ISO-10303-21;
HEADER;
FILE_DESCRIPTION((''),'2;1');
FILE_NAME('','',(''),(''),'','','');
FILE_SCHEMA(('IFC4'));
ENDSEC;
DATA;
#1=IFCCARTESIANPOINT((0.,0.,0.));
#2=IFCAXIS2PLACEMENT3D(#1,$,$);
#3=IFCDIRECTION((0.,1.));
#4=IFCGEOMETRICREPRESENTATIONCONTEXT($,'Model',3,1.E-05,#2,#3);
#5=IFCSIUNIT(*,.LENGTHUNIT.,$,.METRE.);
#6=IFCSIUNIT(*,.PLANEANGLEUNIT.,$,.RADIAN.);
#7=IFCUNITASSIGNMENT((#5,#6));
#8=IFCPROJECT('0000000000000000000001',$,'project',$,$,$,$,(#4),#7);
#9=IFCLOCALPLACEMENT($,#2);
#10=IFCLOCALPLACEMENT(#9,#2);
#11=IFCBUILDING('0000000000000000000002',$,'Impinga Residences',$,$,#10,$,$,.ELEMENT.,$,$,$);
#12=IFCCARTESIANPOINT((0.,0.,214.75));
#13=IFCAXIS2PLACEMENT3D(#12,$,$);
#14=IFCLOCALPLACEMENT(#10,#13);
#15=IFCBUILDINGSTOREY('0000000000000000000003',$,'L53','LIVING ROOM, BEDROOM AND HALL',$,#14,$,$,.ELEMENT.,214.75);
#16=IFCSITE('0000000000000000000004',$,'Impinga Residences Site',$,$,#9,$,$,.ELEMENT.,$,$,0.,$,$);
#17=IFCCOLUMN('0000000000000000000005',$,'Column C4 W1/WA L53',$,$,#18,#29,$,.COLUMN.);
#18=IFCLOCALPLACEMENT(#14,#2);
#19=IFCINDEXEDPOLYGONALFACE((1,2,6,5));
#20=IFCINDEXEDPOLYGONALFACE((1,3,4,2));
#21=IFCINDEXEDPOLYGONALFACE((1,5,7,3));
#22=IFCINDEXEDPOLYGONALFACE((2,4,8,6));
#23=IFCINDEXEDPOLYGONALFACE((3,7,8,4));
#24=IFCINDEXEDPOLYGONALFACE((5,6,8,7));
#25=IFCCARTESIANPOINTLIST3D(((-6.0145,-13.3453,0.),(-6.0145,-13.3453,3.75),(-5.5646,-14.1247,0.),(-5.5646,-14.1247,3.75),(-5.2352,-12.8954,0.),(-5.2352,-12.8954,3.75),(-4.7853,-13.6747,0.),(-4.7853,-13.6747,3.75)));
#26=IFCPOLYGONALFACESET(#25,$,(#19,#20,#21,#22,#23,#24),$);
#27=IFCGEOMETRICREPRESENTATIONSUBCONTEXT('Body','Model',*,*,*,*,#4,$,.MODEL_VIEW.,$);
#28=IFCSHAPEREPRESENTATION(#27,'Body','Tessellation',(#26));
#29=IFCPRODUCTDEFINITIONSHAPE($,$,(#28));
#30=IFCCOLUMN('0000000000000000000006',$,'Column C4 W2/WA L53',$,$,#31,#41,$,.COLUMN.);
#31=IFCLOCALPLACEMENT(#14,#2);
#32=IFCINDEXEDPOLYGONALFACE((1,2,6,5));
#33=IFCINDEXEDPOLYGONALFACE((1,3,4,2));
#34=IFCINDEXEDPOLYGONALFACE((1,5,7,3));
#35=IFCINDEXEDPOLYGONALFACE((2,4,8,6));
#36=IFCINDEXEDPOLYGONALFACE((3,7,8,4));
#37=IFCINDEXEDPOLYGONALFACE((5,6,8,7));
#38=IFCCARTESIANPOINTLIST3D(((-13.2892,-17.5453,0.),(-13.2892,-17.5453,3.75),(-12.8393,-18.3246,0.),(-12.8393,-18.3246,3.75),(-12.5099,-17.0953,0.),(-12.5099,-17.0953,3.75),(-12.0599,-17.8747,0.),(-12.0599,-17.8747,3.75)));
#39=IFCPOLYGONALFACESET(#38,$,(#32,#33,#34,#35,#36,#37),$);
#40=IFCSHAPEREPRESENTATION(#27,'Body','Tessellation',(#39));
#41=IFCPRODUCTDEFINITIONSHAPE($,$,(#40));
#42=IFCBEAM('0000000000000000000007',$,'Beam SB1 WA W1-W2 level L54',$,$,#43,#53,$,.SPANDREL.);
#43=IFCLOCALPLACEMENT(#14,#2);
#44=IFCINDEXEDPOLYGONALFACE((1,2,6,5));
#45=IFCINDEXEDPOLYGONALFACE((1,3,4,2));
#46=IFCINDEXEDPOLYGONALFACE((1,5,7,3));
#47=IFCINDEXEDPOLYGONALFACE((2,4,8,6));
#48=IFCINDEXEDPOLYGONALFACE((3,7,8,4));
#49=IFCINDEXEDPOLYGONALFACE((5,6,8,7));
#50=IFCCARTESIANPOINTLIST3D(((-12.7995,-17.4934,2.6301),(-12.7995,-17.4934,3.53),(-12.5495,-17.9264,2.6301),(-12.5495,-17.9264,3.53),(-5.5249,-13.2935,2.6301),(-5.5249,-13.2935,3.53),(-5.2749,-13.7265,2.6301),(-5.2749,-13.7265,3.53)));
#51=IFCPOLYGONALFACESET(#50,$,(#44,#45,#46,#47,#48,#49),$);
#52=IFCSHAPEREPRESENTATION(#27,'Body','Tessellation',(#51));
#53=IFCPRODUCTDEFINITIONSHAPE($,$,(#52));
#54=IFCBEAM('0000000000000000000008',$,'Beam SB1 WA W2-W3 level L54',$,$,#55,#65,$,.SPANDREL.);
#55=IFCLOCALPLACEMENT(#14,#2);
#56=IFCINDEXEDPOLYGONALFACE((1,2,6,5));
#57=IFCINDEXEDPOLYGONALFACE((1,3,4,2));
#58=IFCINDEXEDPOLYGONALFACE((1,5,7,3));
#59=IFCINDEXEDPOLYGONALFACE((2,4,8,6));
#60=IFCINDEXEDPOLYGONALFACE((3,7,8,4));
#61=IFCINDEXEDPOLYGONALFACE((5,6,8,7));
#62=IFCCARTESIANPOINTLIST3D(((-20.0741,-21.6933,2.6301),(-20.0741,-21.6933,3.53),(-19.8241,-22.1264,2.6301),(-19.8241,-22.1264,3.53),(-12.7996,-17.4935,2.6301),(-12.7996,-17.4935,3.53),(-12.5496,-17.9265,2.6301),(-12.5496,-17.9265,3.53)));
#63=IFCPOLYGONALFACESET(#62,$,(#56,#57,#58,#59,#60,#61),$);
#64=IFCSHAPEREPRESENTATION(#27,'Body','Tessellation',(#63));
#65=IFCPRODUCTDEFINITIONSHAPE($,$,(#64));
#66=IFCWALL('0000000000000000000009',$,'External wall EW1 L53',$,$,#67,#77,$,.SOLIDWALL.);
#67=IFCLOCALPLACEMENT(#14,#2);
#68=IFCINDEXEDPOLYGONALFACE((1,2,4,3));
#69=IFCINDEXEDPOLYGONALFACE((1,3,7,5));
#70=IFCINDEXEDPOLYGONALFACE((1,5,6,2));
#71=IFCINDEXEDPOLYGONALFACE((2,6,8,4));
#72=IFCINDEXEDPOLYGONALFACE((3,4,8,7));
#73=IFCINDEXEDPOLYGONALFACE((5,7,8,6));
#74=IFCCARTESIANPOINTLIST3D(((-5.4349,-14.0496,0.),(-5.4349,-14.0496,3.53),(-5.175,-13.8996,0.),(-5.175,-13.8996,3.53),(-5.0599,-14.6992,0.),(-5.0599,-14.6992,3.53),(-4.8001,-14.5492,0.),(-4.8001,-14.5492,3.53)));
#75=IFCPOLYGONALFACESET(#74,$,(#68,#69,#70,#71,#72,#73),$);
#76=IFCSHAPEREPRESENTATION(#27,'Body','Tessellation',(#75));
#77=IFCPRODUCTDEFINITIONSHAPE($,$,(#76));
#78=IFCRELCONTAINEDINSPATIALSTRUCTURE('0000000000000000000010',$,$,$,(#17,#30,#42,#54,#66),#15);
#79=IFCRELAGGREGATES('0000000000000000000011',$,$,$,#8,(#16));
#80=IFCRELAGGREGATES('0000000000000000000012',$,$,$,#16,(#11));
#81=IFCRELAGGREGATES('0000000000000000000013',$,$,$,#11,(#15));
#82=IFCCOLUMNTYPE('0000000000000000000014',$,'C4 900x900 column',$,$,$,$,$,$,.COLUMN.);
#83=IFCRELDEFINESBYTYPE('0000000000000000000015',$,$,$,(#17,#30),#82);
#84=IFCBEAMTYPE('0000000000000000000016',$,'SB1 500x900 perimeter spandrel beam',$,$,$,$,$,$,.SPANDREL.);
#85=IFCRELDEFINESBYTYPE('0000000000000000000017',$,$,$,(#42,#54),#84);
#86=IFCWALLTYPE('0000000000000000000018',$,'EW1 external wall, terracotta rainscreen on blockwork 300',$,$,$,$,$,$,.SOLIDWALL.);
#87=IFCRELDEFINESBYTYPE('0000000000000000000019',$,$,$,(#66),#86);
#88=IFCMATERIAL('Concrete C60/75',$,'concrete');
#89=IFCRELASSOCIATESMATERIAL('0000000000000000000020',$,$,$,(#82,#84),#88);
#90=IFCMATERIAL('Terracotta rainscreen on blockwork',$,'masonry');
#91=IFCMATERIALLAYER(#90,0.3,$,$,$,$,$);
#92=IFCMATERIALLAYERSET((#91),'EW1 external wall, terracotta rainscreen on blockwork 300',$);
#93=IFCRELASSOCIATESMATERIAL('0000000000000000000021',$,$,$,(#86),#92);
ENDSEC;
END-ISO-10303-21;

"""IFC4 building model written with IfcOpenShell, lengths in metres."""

from ifc_helpers import new_model, si_unit, direction, frame, frame_2d, origin, origin_2d, place, context, subcontext, project, spatial, rectangle, extrude, material, layer, layer_set, material_profile, profile_set, type_object, element, save


model = new_model("IFC4")

# Units and contexts
model_context = context("Model", 3, precision=1e-05, world=origin(), true_north=direction((0.0, 1.0)))
body_context = subcontext(model_context, "Body", "Model", "MODEL_VIEW")
ifc_project = project(units=[si_unit("LENGTHUNIT", "METRE"), si_unit("PLANEANGLEUNIT", "RADIAN")], contexts=[model_context])

# Site, building, storey
site_placement = place(None, origin())
site = spatial("IfcSite", under=ifc_project, at=site_placement, Name="Impinga Residences Site", CompositionType="ELEMENT", RefElevation=0.0)
building_placement = place(site_placement, origin())
building = spatial("IfcBuilding", under=site, at=building_placement, Name="Impinga Residences", CompositionType="ELEMENT")
storey_placement = place(building_placement, frame((0.0, 0.0, 214.75)))
storey = spatial("IfcBuildingStorey", under=building, at=storey_placement, Name="L53", Description="LIVING ROOM, BEDROOM AND HALL", CompositionType="ELEMENT", Elevation=214.75)

# Columns
ifc_material_1 = material(Name="Concrete C60/75", Category="concrete")
ifc_material_profile_1 = material_profile(ifc_material_1, rectangle(XDim=0.8999, YDim=0.8999, at=origin_2d()), Name="RC 900x900")
ifc_profile_set_1 = profile_set([ifc_material_profile_1], Name="Concrete C60/75")
column_type = type_object("IfcColumnType", Name="C4 900x900 column", PredefinedType="COLUMN", material=ifc_profile_set_1)
for number, where, z_axis, x_axis, name in (
    (1, (-5.3999, -13.51, 0.0), (0.0, 0.0, 1.0), (-0.5, 0.866025, 0.0), "Column C4 W1/WA L53"),
    (2, (-12.6746, -17.71, 0.0), (0.0, 0.0, 1.0), (-0.5, 0.866025, 0.0), "Column C4 W2/WA L53"),
):
    element("IfcColumn", number, at=place(storey_placement, frame(where, z_axis=z_axis, x_axis=x_axis)), inside=storey, type_object=column_type, Name=name, PredefinedType="COLUMN", context=body_context, shape_type="SweptSolid", body=[
        extrude(rectangle(XDim=0.8999, YDim=0.8999, at=origin_2d()), origin(), (0.0, 0.0, 1.0), 3.75),
    ])

# Beams
ifc_material_profile_2 = material_profile(ifc_material_1, rectangle(XDim=0.5, YDim=0.8999, at=origin_2d()), Name="RC 500x900")
ifc_profile_set_2 = profile_set([ifc_material_profile_2], Name="Concrete C60/75")
beam_type = type_object("IfcBeamType", Name="SB1 500x900 perimeter spandrel beam", PredefinedType="SPANDREL", material=ifc_profile_set_2)
for number, where, z_axis, x_axis, name in (
    (3, (-5.3999, -13.51, 3.0801), (-0.866029, -0.499993, 0.0), (0.499993, -0.866029, 0.0), "Beam SB1 WA W1-W2 level L54"),
    (4, (-12.6746, -17.71, 3.0801), (-0.866029, -0.499993, 0.0), (0.499993, -0.866029, 0.0), "Beam SB1 WA W2-W3 level L54"),
):
    element("IfcBeam", number, at=place(storey_placement, frame(where, z_axis=z_axis, x_axis=x_axis)), inside=storey, type_object=beam_type, Name=name, PredefinedType="SPANDREL", context=body_context, shape_type="SweptSolid", body=[
        extrude(rectangle(XDim=0.5, YDim=0.8999, at=origin_2d()), origin(), (0.0, 0.0, 1.0), 8.3999),
    ])

# Wall
ifc_material_2 = material(Name="Terracotta rainscreen on blockwork", Category="masonry")
ifc_layer_1 = layer(ifc_material_2, 0.3)
ifc_layer_set_1 = layer_set([ifc_layer_1], Name="EW1 external wall, terracotta rainscreen on blockwork 300")
wall_type_1 = type_object("IfcWallType", Name="EW1 external wall, terracotta rainscreen on blockwork 300", PredefinedType="SOLIDWALL", material=ifc_layer_set_1)
wall_1_placement = place(storey_placement, frame((-5.3049, -13.9746, 0.0), z_axis=(0.0, 0.0, 1.0), x_axis=(0.49992, -0.866072, 0.0)))
element("IfcWall", 5, at=wall_1_placement, inside=storey, type_object=wall_type_1, Name="External wall EW1 L53", PredefinedType="SOLIDWALL", context=body_context, shape_type="SweptSolid", body=[
    extrude(rectangle(XDim=0.75, YDim=0.3, at=frame_2d((0.375, 0.0))), origin(), (0.0, 0.0, 1.0), 3.53),
])

save(model, "model.ifc")
